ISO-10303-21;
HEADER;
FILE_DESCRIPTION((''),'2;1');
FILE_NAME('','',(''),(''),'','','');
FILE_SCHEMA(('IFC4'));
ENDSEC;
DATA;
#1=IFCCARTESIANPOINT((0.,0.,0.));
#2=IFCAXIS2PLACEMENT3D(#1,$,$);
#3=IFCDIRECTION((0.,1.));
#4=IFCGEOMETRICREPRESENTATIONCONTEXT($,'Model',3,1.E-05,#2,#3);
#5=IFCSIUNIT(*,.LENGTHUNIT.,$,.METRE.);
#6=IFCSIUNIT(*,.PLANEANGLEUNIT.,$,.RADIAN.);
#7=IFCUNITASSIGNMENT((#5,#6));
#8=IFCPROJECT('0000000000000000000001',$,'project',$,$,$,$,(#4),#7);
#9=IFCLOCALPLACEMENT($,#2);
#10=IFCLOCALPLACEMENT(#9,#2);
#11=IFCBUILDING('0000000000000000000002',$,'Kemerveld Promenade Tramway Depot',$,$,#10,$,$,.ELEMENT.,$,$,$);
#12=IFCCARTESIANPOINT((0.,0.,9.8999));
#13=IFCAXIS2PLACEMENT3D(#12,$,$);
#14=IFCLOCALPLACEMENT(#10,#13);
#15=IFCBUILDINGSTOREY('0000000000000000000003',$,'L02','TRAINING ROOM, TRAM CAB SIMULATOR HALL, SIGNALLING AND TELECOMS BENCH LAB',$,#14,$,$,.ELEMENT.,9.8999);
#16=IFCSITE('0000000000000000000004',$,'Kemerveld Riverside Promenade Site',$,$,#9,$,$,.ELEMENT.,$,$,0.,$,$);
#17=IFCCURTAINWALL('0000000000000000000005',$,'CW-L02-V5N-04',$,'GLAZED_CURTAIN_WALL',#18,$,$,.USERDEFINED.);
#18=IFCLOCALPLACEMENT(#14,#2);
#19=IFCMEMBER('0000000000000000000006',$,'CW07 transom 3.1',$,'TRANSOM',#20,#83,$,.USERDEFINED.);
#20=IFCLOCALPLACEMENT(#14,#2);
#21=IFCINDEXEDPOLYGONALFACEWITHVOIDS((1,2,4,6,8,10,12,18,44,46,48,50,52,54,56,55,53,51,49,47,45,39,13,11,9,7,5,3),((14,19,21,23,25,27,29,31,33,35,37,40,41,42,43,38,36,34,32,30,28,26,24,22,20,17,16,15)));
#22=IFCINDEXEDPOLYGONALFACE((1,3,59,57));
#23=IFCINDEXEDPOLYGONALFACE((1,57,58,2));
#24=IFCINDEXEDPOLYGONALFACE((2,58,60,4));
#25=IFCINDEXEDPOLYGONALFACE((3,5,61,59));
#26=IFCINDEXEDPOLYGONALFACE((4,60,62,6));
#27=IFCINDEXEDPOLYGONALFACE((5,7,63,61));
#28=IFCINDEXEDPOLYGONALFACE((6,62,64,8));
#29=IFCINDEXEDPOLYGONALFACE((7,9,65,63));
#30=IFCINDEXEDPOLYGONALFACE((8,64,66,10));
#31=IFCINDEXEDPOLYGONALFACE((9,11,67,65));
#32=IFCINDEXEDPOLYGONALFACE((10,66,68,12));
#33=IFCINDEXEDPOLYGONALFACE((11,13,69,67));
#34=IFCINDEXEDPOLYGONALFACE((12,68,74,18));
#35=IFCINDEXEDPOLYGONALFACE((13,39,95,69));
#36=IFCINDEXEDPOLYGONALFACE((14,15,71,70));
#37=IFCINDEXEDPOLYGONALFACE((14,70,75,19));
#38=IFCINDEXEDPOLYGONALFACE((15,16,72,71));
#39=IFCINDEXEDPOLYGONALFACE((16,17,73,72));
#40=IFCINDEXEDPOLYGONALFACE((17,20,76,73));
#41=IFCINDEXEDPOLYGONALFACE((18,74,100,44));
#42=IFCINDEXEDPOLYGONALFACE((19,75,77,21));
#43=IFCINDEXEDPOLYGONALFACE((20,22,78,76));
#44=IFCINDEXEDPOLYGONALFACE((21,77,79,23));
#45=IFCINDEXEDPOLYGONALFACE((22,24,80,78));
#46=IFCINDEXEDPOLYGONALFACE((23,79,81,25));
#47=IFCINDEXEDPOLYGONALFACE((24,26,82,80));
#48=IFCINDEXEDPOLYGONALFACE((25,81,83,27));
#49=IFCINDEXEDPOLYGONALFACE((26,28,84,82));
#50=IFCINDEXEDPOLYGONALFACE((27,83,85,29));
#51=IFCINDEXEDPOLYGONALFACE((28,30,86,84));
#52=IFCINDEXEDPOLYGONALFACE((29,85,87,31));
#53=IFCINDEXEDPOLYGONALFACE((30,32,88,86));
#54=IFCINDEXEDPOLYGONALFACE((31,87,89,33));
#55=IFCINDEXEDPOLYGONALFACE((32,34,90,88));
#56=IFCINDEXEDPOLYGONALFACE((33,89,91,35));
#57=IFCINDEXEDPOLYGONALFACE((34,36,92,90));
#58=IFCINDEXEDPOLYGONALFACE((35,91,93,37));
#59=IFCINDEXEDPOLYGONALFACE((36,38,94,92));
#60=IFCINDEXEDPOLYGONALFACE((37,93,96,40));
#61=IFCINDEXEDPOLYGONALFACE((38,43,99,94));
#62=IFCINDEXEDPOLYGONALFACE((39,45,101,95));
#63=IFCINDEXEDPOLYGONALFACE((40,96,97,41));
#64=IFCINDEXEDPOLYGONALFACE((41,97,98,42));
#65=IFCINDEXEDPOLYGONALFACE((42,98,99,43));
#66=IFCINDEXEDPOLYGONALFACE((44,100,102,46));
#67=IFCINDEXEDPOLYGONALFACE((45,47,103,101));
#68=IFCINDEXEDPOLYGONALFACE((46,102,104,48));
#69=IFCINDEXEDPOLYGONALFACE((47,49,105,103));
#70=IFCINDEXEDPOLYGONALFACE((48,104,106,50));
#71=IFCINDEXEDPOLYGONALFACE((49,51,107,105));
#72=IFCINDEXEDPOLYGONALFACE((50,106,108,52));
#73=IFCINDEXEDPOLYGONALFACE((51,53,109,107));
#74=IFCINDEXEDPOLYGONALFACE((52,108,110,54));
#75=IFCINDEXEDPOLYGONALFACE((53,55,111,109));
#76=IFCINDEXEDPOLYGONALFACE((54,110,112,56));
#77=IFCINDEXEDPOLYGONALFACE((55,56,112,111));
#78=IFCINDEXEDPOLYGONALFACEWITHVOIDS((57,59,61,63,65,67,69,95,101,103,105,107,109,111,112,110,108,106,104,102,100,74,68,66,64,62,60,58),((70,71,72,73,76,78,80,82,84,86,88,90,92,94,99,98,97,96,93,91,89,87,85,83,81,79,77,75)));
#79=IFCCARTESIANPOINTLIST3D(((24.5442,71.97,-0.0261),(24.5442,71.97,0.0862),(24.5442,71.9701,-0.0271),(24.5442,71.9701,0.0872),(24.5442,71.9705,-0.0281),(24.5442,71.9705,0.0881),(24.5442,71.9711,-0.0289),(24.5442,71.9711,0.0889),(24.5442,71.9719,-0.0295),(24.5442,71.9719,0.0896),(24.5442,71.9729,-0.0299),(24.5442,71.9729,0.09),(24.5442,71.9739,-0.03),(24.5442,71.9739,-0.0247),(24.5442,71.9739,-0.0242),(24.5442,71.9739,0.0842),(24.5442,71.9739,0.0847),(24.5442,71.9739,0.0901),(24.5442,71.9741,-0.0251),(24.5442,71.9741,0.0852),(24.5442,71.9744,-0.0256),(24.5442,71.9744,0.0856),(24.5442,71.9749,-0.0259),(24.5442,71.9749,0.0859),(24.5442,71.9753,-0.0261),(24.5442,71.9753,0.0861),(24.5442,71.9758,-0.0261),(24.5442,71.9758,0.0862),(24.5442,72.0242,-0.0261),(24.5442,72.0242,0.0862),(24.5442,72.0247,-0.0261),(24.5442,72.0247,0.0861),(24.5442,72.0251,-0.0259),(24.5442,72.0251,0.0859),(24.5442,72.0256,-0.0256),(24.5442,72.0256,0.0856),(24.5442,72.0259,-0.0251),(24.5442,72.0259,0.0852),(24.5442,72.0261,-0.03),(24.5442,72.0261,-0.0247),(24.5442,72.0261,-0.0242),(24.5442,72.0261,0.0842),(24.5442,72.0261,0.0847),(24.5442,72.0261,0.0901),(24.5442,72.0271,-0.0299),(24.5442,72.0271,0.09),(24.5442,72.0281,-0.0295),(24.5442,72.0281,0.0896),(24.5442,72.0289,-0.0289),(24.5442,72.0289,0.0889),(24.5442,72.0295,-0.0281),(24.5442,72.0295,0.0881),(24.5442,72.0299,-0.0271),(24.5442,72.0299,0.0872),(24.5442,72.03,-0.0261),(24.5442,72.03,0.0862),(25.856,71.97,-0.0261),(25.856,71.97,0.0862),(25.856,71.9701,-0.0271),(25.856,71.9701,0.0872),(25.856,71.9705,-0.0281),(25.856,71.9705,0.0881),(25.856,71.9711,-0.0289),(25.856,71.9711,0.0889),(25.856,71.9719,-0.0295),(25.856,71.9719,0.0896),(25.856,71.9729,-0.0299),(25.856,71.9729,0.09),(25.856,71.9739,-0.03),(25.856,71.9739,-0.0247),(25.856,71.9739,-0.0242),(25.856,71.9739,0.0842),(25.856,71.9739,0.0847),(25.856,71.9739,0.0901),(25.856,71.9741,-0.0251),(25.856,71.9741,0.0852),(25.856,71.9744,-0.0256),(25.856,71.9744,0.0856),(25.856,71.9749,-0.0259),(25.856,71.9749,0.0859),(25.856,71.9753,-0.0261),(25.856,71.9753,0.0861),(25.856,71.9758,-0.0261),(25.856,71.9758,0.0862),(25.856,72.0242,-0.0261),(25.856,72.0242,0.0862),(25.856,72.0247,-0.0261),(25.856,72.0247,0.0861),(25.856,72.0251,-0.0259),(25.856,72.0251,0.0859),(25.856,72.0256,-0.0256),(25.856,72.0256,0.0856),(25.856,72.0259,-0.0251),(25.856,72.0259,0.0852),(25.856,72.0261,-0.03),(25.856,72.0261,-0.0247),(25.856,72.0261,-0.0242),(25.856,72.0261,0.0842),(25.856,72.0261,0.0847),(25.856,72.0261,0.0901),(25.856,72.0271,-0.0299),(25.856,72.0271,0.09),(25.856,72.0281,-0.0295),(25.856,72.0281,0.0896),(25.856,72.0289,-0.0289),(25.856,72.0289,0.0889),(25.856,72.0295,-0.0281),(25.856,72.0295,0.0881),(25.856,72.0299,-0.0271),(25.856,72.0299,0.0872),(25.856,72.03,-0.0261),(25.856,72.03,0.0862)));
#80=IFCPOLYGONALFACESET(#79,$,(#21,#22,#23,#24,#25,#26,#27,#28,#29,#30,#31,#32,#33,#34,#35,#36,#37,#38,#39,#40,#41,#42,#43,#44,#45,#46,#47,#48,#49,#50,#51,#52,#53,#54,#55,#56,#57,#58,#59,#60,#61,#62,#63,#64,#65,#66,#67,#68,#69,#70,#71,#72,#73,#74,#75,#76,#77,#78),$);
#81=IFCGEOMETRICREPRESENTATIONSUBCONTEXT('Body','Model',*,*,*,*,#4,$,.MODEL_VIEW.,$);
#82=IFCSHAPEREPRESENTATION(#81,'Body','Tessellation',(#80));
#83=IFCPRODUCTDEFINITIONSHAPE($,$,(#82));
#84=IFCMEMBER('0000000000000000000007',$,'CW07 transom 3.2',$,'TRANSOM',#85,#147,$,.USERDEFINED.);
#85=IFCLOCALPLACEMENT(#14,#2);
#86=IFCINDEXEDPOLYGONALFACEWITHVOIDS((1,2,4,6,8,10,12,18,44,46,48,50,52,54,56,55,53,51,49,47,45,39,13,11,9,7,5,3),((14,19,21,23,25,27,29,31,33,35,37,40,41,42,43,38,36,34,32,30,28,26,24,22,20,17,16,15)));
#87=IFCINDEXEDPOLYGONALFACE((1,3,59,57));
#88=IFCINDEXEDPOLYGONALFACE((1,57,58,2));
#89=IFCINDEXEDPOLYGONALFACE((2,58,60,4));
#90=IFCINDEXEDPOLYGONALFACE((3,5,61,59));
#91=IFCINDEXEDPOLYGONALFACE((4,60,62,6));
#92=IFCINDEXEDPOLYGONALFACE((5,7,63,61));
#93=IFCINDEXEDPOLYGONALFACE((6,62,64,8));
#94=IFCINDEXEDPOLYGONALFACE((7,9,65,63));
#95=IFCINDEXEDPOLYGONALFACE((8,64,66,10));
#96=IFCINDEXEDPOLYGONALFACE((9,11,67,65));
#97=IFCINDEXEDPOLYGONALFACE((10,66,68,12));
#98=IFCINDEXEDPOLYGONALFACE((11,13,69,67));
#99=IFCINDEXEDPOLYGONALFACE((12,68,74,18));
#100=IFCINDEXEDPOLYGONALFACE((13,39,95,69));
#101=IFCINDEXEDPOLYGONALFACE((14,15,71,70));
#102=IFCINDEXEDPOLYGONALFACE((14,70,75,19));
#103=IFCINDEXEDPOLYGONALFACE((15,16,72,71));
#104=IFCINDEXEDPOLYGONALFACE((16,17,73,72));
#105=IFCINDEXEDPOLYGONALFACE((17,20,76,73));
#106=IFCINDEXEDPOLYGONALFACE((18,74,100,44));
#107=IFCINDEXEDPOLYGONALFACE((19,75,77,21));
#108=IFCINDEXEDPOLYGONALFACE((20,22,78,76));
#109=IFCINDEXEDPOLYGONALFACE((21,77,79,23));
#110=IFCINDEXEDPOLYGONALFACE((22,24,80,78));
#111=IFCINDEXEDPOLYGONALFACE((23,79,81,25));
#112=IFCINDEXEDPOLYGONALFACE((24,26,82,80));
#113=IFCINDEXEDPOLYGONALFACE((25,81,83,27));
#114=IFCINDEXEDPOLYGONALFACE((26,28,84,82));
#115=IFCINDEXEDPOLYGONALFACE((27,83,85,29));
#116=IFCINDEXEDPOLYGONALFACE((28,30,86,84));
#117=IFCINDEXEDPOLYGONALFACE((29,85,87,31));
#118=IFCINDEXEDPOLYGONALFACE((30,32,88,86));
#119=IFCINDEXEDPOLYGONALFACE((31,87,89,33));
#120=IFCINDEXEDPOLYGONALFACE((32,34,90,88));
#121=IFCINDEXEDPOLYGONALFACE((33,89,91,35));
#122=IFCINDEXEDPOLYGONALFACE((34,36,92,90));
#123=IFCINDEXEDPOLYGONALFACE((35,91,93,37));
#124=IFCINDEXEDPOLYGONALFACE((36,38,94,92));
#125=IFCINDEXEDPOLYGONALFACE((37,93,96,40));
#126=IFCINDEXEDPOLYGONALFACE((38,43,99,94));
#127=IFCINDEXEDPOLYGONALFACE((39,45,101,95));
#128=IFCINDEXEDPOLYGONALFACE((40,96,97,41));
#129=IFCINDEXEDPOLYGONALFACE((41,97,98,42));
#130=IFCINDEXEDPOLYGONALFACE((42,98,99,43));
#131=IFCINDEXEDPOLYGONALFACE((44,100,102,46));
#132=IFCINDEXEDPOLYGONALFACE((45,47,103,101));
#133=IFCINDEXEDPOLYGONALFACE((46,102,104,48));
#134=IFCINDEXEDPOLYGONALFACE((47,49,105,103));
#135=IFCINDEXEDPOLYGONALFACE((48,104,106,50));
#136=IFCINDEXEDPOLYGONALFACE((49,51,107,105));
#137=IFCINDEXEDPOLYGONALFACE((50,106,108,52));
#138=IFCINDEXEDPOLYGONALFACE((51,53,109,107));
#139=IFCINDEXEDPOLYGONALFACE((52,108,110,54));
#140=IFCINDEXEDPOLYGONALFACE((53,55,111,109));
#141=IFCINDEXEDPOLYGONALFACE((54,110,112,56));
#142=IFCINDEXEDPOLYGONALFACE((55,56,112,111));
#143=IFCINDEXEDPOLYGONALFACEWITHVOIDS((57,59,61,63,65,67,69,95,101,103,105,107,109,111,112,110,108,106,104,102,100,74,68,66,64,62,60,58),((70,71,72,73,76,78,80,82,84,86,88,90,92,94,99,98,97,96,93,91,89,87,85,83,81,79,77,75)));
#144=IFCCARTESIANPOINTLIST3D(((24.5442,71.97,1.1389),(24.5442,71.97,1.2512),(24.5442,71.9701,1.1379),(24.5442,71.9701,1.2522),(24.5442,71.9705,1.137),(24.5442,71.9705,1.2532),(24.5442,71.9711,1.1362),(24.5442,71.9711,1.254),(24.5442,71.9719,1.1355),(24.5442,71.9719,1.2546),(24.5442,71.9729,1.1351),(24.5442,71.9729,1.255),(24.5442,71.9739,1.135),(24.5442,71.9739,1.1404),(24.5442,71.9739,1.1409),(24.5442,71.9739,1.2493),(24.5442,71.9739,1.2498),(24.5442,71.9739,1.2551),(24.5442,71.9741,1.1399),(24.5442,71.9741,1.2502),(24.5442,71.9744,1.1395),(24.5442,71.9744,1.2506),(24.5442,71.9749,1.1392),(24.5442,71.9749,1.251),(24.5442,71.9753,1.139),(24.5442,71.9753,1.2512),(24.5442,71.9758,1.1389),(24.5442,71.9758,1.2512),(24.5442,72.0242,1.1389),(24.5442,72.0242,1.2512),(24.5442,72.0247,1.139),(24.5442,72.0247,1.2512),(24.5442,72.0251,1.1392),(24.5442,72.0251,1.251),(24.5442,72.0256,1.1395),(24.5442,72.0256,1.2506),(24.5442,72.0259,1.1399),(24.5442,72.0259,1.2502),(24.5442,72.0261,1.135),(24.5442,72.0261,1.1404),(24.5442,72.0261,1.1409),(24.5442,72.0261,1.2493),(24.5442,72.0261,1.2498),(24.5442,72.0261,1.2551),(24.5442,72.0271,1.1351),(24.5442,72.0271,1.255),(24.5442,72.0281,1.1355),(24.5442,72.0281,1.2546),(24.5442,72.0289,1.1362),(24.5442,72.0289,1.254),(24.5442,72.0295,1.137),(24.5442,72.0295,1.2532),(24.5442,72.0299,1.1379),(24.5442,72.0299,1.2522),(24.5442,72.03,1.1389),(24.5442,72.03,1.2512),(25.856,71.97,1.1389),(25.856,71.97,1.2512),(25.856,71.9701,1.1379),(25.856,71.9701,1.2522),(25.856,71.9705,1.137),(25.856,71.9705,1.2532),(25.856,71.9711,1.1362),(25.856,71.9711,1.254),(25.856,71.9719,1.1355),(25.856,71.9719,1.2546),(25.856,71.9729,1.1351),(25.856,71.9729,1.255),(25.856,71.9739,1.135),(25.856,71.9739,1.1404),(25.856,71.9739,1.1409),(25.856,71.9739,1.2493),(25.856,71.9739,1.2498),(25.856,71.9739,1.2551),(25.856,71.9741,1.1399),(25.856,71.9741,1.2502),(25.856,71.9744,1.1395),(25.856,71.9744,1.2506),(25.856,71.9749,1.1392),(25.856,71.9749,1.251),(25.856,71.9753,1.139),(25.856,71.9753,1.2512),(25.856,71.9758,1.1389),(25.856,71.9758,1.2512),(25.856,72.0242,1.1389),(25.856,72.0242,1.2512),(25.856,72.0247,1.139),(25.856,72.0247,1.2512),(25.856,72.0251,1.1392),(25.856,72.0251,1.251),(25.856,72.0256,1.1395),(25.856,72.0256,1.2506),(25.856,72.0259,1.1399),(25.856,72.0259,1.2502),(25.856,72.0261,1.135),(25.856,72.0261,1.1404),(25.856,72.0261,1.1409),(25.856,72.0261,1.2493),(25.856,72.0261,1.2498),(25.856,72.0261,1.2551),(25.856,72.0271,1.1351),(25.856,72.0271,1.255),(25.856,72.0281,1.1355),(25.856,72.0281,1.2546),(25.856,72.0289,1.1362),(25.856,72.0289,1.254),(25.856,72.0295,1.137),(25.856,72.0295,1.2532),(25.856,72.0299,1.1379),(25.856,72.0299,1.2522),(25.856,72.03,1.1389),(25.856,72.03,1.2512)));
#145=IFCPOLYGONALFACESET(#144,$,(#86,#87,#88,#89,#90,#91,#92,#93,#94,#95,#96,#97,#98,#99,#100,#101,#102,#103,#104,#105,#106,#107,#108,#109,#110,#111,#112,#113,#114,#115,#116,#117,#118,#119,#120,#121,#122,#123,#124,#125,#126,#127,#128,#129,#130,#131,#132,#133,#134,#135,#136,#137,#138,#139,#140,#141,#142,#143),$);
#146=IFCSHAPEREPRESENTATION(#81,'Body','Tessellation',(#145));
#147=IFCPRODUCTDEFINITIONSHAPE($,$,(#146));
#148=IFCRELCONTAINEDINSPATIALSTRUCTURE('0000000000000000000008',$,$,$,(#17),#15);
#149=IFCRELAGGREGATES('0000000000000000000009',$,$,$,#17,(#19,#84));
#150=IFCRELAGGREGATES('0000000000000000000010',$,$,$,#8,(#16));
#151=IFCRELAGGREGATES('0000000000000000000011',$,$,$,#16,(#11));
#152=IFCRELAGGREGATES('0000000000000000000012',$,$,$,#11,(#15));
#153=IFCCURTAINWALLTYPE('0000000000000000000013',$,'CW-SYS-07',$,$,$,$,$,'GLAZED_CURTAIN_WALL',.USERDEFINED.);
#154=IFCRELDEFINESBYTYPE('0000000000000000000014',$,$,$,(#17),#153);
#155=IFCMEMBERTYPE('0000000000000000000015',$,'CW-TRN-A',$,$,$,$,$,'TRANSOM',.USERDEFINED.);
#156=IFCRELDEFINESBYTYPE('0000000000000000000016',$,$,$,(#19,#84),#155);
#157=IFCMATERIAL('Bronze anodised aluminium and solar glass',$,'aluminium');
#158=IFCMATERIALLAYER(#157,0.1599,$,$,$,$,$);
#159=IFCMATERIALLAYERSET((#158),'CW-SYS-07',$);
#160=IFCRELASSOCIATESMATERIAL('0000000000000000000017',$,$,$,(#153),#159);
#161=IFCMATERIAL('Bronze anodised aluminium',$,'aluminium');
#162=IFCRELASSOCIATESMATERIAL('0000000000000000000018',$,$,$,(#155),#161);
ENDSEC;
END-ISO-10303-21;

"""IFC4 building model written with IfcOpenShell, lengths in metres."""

from ifc_helpers import new_model, si_unit, direction, frame, origin, origin_2d, place, context, subcontext, project, spatial, hollow_rectangle, extrude, material, layer, layer_set, material_profile, profile_set, type_object, element, aggregate, save


model = new_model("IFC4")

# Units and contexts
model_context = context("Model", 3, precision=1e-05, world=origin(), true_north=direction((0.0, 1.0)))
body_context = subcontext(model_context, "Body", "Model", "MODEL_VIEW")
ifc_project = project(units=[si_unit("LENGTHUNIT", "METRE"), si_unit("PLANEANGLEUNIT", "RADIAN")], contexts=[model_context])

# Site, building, storey
site_placement = place(None, origin())
site = spatial("IfcSite", under=ifc_project, at=site_placement, Name="Kemerveld Riverside Promenade Site", CompositionType="ELEMENT", RefElevation=0.0)
building_placement = place(site_placement, origin())
building = spatial("IfcBuilding", under=site, at=building_placement, Name="Kemerveld Promenade Tramway Depot", CompositionType="ELEMENT")
storey_placement = place(building_placement, frame((0.0, 0.0, 9.8999)))
storey = spatial("IfcBuildingStorey", under=building, at=storey_placement, Name="L02", Description="TRAINING ROOM, TRAM CAB SIMULATOR HALL, SIGNALLING AND TELECOMS BENCH LAB", CompositionType="ELEMENT", Elevation=9.8999)

# Curtain wall, members
ifc_material_1 = material(Name="Bronze anodised aluminium and solar glass", Category="aluminium")
ifc_layer_1 = layer(ifc_material_1, 0.1599)
ifc_layer_set_1 = layer_set([ifc_layer_1], Name="CW-SYS-07")
curtain_wall_type = type_object("IfcCurtainWallType", Name="CW-SYS-07", ElementType="GLAZED_CURTAIN_WALL", PredefinedType="USERDEFINED", material=ifc_layer_set_1)
curtain_wall_placement = place(storey_placement, origin())
curtain_wall = element("IfcCurtainWall", 1, at=curtain_wall_placement, inside=storey, type_object=curtain_wall_type, Name="CW-L02-V5N-04", ObjectType="GLAZED_CURTAIN_WALL", PredefinedType="USERDEFINED")
ifc_material_2 = material(Name="Bronze anodised aluminium", Category="aluminium")
ifc_material_profile_1 = material_profile(ifc_material_2, hollow_rectangle(XDim=0.0601, YDim=0.1201, WallThickness=0.0039, InnerFilletRadius=0.002, OuterFilletRadius=0.0039, at=origin_2d()), Name="CW-TRN-120x60")
ifc_profile_set_1 = profile_set([ifc_material_profile_1], Name="Bronze anodised aluminium")
member_type_1 = type_object("IfcMemberType", Name="CW-TRN-A", ElementType="TRANSOM", PredefinedType="USERDEFINED", material=ifc_profile_set_1)
member_1_placement = place(storey_placement, frame((24.5442, 72.0, 0.03), z_axis=(1.0, 0.0, 0.0), x_axis=(0.0, 1.0, 0.0)))
member_1 = element("IfcMember", 2, at=member_1_placement, type_object=member_type_1, Name="CW07 transom 3.1", ObjectType="TRANSOM", PredefinedType="USERDEFINED", context=body_context, shape_type="SweptSolid", body=[
    extrude(hollow_rectangle(XDim=0.0601, YDim=0.1201, WallThickness=0.0039, InnerFilletRadius=0.002, OuterFilletRadius=0.0039, at=origin_2d()), origin(), (0.0, 0.0, 1.0), 1.3118),
])
member_2_placement = place(storey_placement, frame((24.5442, 72.0, 1.1951), z_axis=(1.0, 0.0, 0.0), x_axis=(0.0, 1.0, 0.0)))
member_2 = element("IfcMember", 3, at=member_2_placement, type_object=member_type_1, Name="CW07 transom 3.2", ObjectType="TRANSOM", PredefinedType="USERDEFINED", context=body_context, shape_type="SweptSolid", body=[
    extrude(hollow_rectangle(XDim=0.0601, YDim=0.1201, WallThickness=0.0039, InnerFilletRadius=0.002, OuterFilletRadius=0.0039, at=origin_2d()), origin(), (0.0, 0.0, 1.0), 1.3118),
])
aggregate(curtain_wall, [member_1, member_2])

save(model, "model.ifc")
